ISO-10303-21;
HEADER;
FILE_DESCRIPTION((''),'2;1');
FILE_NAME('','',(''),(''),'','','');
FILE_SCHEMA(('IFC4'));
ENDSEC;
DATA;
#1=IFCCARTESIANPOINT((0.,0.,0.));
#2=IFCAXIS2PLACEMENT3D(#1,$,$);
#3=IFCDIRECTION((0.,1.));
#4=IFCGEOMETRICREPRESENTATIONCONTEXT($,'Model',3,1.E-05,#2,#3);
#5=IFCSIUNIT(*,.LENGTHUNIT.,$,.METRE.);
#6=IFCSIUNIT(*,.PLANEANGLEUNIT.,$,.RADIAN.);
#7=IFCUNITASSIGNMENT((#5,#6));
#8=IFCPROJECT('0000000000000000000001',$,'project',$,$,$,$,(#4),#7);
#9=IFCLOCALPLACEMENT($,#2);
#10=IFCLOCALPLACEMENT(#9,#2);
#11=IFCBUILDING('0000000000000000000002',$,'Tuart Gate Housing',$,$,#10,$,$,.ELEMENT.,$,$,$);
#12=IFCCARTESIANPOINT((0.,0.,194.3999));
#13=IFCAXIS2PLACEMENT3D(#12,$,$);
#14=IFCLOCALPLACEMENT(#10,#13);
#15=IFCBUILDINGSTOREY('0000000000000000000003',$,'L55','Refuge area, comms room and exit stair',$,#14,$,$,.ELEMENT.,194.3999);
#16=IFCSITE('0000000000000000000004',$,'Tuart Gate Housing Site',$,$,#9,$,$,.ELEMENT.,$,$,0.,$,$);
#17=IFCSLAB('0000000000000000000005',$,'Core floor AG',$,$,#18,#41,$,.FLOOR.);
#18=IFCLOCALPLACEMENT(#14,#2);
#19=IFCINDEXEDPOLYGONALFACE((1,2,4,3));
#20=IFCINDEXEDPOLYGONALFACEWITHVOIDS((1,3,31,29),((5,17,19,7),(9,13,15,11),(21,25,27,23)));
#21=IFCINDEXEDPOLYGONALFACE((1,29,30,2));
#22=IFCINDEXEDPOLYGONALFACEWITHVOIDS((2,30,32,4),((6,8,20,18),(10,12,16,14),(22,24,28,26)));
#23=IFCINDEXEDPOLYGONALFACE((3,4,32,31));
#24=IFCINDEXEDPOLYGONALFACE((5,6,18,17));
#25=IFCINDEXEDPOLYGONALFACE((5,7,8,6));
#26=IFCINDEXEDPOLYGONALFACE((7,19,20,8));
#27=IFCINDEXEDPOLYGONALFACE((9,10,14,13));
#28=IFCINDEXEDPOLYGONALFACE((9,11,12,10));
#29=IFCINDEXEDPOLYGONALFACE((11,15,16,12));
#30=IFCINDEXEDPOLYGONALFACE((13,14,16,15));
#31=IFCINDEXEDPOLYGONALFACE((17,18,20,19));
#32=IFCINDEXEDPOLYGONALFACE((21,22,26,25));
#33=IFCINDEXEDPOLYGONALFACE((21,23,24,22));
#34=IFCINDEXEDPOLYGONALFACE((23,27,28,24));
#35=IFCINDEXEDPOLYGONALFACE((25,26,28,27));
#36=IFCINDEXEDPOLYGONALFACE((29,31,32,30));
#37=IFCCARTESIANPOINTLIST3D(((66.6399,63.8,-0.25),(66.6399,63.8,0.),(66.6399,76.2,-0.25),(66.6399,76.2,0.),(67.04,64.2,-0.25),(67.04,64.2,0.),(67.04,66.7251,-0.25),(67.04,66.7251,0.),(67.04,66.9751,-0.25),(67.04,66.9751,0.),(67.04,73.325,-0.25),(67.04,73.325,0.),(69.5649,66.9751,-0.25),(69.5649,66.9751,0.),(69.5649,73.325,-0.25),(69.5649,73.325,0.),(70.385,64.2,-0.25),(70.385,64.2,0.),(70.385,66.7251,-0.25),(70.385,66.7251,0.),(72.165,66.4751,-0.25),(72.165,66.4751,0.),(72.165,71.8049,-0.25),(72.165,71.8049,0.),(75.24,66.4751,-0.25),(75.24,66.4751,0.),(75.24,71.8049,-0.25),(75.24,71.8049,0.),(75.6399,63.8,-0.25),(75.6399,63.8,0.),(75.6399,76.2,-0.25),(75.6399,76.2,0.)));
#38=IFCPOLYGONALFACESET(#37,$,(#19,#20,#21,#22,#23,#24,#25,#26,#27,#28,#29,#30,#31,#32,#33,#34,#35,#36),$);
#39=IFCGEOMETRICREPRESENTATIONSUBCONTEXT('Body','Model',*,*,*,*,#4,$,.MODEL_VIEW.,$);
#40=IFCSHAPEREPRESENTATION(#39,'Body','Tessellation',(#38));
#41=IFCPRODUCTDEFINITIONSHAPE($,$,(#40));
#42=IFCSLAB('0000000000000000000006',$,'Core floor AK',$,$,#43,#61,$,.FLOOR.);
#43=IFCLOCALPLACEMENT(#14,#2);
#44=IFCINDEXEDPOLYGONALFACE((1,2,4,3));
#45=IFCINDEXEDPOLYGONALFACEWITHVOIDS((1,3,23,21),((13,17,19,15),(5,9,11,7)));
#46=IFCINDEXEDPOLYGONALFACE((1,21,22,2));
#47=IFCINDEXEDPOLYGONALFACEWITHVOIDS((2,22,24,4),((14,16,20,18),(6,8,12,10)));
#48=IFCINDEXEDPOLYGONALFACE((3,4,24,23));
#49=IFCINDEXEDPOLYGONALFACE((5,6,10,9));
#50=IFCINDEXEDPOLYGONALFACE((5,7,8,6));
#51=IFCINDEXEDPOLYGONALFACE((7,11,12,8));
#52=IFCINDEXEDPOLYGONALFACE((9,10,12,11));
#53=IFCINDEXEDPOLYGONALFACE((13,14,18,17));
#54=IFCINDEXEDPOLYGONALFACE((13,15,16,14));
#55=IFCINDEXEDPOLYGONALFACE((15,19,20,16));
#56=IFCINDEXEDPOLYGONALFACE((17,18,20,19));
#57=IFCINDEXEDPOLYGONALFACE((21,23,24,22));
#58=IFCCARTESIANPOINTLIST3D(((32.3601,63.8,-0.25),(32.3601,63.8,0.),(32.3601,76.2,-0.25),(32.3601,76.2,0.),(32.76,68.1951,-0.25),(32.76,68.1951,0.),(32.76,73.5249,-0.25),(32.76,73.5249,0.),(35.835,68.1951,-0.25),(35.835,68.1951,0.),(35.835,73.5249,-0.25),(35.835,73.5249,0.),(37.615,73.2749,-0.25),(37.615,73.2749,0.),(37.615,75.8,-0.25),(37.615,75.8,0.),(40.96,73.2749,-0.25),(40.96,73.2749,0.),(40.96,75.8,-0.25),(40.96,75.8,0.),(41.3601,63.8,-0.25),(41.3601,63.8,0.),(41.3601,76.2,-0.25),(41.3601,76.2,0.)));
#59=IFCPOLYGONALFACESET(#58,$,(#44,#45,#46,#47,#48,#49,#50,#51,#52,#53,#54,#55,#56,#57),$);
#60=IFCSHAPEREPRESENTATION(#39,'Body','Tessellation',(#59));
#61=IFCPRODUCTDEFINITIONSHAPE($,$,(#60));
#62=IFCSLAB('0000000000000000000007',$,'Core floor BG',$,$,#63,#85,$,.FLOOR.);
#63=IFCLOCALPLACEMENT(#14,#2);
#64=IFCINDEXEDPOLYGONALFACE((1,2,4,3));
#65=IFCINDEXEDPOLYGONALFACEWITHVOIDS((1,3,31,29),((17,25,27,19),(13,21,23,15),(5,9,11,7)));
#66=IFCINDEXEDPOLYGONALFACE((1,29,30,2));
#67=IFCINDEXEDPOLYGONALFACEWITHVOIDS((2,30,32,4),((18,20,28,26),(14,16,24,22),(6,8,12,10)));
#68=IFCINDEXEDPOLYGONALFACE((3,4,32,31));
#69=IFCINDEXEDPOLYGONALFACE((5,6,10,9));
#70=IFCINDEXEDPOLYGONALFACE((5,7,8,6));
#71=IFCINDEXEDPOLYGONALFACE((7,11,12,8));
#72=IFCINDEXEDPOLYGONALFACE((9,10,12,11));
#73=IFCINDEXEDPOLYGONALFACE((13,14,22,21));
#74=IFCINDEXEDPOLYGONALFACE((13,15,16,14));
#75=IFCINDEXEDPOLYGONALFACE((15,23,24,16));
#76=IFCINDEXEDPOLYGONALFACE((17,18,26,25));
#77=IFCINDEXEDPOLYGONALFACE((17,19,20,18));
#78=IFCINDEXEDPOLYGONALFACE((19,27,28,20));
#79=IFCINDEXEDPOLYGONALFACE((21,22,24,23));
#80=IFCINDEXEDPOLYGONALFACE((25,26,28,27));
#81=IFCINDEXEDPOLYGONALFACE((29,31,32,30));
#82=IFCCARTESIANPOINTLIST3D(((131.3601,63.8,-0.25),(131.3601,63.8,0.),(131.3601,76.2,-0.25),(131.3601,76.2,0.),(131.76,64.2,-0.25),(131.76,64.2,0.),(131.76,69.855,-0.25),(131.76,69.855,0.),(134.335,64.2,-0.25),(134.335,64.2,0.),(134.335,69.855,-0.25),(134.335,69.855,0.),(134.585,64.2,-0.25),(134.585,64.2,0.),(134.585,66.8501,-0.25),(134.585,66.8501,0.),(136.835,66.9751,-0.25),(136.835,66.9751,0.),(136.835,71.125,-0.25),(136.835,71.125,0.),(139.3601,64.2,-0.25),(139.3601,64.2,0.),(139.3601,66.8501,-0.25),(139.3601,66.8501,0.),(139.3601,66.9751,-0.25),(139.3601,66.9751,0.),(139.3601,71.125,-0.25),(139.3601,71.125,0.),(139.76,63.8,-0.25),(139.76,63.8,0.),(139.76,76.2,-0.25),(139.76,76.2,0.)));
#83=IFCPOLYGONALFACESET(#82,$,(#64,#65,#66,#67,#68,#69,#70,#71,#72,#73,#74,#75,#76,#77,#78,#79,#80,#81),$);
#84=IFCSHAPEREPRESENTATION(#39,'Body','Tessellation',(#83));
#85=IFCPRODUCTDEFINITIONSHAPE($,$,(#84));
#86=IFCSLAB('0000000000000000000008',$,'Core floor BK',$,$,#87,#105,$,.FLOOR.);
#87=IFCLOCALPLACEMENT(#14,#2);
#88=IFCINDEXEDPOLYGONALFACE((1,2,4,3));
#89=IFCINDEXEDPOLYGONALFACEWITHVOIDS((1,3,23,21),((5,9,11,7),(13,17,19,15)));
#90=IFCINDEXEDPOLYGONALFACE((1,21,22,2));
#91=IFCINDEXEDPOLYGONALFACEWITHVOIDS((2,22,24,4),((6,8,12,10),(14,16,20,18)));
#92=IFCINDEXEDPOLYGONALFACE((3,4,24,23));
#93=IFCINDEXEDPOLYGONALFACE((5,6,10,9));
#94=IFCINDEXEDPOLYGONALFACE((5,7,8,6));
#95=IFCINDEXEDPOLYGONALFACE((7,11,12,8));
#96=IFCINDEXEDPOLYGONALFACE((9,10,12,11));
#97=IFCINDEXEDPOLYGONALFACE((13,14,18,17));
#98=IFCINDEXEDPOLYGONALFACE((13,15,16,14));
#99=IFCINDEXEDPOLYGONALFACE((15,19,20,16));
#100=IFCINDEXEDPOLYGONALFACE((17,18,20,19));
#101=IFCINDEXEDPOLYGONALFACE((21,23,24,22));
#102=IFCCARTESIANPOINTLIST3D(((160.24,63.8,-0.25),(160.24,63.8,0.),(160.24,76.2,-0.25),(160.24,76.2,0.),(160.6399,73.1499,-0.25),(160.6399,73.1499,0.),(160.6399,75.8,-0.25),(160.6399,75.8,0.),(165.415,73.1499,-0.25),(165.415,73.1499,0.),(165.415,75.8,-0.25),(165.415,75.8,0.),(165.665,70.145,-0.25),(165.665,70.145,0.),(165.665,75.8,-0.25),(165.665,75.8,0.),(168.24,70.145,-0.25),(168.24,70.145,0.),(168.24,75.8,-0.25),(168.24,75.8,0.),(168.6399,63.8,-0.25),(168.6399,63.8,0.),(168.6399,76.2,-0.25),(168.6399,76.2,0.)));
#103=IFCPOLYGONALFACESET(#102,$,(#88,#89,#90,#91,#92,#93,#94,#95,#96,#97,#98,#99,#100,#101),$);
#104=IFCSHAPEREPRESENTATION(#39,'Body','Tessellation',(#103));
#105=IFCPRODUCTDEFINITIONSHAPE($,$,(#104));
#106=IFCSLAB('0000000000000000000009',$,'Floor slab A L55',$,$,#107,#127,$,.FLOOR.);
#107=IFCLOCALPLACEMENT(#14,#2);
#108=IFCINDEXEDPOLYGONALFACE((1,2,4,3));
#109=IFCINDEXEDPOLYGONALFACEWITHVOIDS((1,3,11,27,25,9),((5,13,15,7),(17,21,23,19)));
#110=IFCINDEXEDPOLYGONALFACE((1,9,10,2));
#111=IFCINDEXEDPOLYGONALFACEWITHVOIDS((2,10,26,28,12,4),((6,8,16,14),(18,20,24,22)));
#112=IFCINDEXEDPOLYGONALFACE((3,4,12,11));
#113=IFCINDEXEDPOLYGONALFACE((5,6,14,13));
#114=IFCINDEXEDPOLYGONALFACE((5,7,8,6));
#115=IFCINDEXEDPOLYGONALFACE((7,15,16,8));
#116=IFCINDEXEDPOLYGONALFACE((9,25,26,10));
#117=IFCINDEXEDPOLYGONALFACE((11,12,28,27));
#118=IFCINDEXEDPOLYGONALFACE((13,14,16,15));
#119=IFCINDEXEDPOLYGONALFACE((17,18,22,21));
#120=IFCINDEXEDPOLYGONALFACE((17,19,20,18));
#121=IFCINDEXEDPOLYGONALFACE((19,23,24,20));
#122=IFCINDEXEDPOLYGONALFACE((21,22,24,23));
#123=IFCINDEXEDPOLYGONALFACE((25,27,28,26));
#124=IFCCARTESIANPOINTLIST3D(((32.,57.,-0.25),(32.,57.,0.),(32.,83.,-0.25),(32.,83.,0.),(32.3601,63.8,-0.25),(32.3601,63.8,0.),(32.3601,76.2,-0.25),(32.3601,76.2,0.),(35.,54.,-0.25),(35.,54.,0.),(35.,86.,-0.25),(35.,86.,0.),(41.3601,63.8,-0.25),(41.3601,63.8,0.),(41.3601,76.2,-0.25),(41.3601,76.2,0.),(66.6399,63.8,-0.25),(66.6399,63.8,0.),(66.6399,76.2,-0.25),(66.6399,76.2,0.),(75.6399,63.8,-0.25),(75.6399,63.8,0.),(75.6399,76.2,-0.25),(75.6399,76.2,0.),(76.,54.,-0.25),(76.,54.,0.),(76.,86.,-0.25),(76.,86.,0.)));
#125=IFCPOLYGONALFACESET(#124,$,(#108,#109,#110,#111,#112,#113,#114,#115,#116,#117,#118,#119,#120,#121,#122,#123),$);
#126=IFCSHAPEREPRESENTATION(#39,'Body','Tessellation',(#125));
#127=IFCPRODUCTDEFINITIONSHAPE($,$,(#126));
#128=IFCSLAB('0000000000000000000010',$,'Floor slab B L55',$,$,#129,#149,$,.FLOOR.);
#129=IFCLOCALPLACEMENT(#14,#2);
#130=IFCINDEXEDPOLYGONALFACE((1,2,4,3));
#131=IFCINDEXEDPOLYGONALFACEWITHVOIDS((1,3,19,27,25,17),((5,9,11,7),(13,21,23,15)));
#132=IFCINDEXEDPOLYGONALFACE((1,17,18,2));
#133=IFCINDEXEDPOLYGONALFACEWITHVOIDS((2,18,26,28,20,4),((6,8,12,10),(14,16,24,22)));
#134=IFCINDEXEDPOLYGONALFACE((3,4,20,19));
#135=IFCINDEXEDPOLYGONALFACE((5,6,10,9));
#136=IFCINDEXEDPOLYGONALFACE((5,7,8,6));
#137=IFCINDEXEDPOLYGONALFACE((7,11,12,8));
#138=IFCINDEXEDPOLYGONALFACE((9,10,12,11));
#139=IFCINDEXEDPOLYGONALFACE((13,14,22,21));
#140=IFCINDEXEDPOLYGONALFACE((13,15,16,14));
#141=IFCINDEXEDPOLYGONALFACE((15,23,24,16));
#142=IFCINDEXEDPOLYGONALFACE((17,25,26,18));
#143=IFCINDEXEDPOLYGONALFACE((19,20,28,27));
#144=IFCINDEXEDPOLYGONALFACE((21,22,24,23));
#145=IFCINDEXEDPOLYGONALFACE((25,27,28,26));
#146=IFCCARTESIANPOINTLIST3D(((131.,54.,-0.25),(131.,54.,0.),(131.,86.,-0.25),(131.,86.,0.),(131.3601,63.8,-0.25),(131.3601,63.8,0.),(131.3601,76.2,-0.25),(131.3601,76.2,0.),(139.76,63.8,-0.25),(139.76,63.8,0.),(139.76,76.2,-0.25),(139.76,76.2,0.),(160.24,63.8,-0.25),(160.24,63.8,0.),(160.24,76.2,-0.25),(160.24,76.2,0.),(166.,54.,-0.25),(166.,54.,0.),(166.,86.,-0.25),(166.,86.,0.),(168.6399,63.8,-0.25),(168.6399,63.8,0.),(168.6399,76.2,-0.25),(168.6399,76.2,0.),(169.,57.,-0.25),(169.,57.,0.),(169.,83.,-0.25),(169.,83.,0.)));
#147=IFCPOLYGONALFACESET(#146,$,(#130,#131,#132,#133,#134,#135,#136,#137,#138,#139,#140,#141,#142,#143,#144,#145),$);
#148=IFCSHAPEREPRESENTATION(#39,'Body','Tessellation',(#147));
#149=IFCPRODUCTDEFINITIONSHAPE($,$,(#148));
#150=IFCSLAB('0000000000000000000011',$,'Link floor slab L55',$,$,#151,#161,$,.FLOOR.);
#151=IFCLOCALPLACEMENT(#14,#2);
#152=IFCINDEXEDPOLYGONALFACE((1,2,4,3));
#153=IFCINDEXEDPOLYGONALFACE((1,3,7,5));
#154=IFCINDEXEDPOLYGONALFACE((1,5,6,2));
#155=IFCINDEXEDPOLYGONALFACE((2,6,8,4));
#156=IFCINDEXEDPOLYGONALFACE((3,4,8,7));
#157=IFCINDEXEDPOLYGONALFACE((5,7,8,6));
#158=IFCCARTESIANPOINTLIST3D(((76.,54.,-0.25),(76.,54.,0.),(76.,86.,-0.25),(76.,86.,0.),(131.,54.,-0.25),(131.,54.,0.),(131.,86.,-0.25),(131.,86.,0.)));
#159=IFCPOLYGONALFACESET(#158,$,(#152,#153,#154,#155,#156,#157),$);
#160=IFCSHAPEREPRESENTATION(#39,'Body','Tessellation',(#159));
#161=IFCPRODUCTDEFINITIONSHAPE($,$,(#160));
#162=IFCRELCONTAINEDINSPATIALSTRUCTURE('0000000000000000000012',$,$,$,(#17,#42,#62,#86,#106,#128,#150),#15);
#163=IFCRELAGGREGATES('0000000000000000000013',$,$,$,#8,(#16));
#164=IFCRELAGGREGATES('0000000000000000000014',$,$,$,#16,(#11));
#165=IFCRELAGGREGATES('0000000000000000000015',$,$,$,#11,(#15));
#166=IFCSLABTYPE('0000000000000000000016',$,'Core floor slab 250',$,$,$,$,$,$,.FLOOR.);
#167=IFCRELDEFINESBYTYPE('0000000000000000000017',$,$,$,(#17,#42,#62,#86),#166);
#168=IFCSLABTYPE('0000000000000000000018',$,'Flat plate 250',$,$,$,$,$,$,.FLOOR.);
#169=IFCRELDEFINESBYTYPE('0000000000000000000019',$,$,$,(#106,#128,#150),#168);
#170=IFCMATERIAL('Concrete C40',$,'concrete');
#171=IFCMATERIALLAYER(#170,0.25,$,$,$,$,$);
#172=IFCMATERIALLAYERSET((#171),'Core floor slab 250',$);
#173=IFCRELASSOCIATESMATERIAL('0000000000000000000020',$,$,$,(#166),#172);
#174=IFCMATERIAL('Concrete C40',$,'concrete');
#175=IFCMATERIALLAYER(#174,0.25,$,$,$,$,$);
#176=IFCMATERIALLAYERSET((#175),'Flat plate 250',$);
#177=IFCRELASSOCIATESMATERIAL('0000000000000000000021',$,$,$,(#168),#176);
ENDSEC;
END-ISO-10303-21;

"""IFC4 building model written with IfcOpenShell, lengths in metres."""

from ifc_helpers import new_model, si_unit, direction, frame, origin, place, context, subcontext, project, spatial, polyline, outline, extrude, material, layer, layer_set, type_object, element, save


model = new_model("IFC4")

# Units and contexts
model_context = context("Model", 3, precision=1e-05, world=origin(), true_north=direction((0.0, 1.0)))
body_context = subcontext(model_context, "Body", "Model", "MODEL_VIEW")
ifc_project = project(units=[si_unit("LENGTHUNIT", "METRE"), si_unit("PLANEANGLEUNIT", "RADIAN")], contexts=[model_context])

# Site, building, storey
site_placement = place(None, origin())
site = spatial("IfcSite", under=ifc_project, at=site_placement, Name="Tuart Gate Housing Site", CompositionType="ELEMENT", RefElevation=0.0)
building_placement = place(site_placement, origin())
building = spatial("IfcBuilding", under=site, at=building_placement, Name="Tuart Gate Housing", CompositionType="ELEMENT")
storey_placement = place(building_placement, frame((0.0, 0.0, 194.3999)))
storey = spatial("IfcBuildingStorey", under=building, at=storey_placement, Name="L55", Description="Refuge area, comms room and exit stair", CompositionType="ELEMENT", Elevation=194.3999)

# Slabs
ifc_material_1 = material(Name="Concrete C40", Category="concrete")
ifc_layer_1 = layer(ifc_material_1, 0.25)
ifc_layer_set_1 = layer_set([ifc_layer_1], Name="Core floor slab 250")
slab_type_1 = type_object("IfcSlabType", Name="Core floor slab 250", PredefinedType="FLOOR", material=ifc_layer_set_1)
slab_1_placement = place(storey_placement, frame((0.0, 0.0, -0.25)))
element("IfcSlab", 1, at=slab_1_placement, inside=storey, type_object=slab_type_1, Name="Core floor AG", PredefinedType="FLOOR", context=body_context, shape_type="SweptSolid", body=[
    extrude(outline(polyline([(66.6399, 63.8), (75.6399, 63.8), (75.6399, 76.2), (66.6399, 76.2), (66.6399, 63.8)]), holes=[polyline([(67.04, 64.2), (70.385, 64.2), (70.385, 66.7251), (67.04, 66.7251), (67.04, 64.2)]), polyline([(67.04, 66.9751), (69.5649, 66.9751), (69.5649, 73.325), (67.04, 73.325), (67.04, 66.9751)]), polyline([(72.165, 66.4751), (75.24, 66.4751), (75.24, 71.8049), (72.165, 71.8049), (72.165, 66.4751)])]), origin(), (0.0, 0.0, 1.0), 0.25),
])
slab_2_placement = place(storey_placement, frame((0.0, 0.0, -0.25)))
element("IfcSlab", 2, at=slab_2_placement, inside=storey, type_object=slab_type_1, Name="Core floor AK", PredefinedType="FLOOR", context=body_context, shape_type="SweptSolid", body=[
    extrude(outline(polyline([(32.3601, 63.8), (41.3601, 63.8), (41.3601, 76.2), (32.3601, 76.2), (32.3601, 63.8)]), holes=[polyline([(40.96, 75.8), (37.615, 75.8), (37.615, 73.2749), (40.96, 73.2749), (40.96, 75.8)]), polyline([(35.835, 73.5249), (32.76, 73.5249), (32.76, 68.1951), (35.835, 68.1951), (35.835, 73.5249)])]), origin(), (0.0, 0.0, 1.0), 0.25),
])
slab_3_placement = place(storey_placement, frame((0.0, 0.0, -0.25)))
element("IfcSlab", 3, at=slab_3_placement, inside=storey, type_object=slab_type_1, Name="Core floor BG", PredefinedType="FLOOR", context=body_context, shape_type="SweptSolid", body=[
    extrude(outline(polyline([(131.3601, 63.8), (139.76, 63.8), (139.76, 76.2), (131.3601, 76.2), (131.3601, 63.8)]), holes=[polyline([(139.3601, 66.8501), (134.585, 66.8501), (134.585, 64.2), (139.3601, 64.2), (139.3601, 66.8501)]), polyline([(139.3601, 71.125), (136.835, 71.125), (136.835, 66.9751), (139.3601, 66.9751), (139.3601, 71.125)]), polyline([(134.335, 69.855), (131.76, 69.855), (131.76, 64.2), (134.335, 64.2), (134.335, 69.855)])]), origin(), (0.0, 0.0, 1.0), 0.25),
])
slab_4_placement = place(storey_placement, frame((0.0, 0.0, -0.25)))
element("IfcSlab", 4, at=slab_4_placement, inside=storey, type_object=slab_type_1, Name="Core floor BK", PredefinedType="FLOOR", context=body_context, shape_type="SweptSolid", body=[
    extrude(outline(polyline([(160.24, 63.8), (168.6399, 63.8), (168.6399, 76.2), (160.24, 76.2), (160.24, 63.8)]), holes=[polyline([(160.6399, 73.1499), (165.415, 73.1499), (165.415, 75.8), (160.6399, 75.8), (160.6399, 73.1499)]), polyline([(165.665, 70.145), (168.24, 70.145), (168.24, 75.8), (165.665, 75.8), (165.665, 70.145)])]), origin(), (0.0, 0.0, 1.0), 0.25),
])
ifc_material_2 = material(Name="Concrete C40", Category="concrete")
ifc_layer_2 = layer(ifc_material_2, 0.25)
ifc_layer_set_2 = layer_set([ifc_layer_2], Name="Flat plate 250")
slab_type_2 = type_object("IfcSlabType", Name="Flat plate 250", PredefinedType="FLOOR", material=ifc_layer_set_2)
slab_5_placement = place(storey_placement, frame((0.0, 0.0, -0.25)))
element("IfcSlab", 5, at=slab_5_placement, inside=storey, type_object=slab_type_2, Name="Floor slab A L55", PredefinedType="FLOOR", context=body_context, shape_type="SweptSolid", body=[
    extrude(outline(polyline([(35.0, 86.0), (32.0, 83.0), (32.0, 57.0), (35.0, 54.0), (76.0, 54.0), (76.0, 86.0), (35.0, 86.0)]), holes=[polyline([(66.6399, 76.2), (75.6399, 76.2), (75.6399, 63.8), (66.6399, 63.8), (66.6399, 76.2)]), polyline([(41.3601, 76.2), (41.3601, 63.8), (32.3601, 63.8), (32.3601, 76.2), (41.3601, 76.2)])]), origin(), (0.0, 0.0, 1.0), 0.25),
])
slab_6_placement = place(storey_placement, frame((0.0, 0.0, -0.25)))
element("IfcSlab", 6, at=slab_6_placement, inside=storey, type_object=slab_type_2, Name="Floor slab B L55", PredefinedType="FLOOR", context=body_context, shape_type="SweptSolid", body=[
    extrude(outline(polyline([(166.0, 86.0), (131.0, 86.0), (131.0, 54.0), (166.0, 54.0), (169.0, 57.0), (169.0, 83.0), (166.0, 86.0)]), holes=[polyline([(131.3601, 76.2), (139.76, 76.2), (139.76, 63.8), (131.3601, 63.8), (131.3601, 76.2)]), polyline([(168.6399, 76.2), (168.6399, 63.8), (160.24, 63.8), (160.24, 76.2), (168.6399, 76.2)])]), origin(), (0.0, 0.0, 1.0), 0.25),
])
slab_7_placement = place(storey_placement, frame((0.0, 0.0, -0.25)))
element("IfcSlab", 7, at=slab_7_placement, inside=storey, type_object=slab_type_2, Name="Link floor slab L55", PredefinedType="FLOOR", context=body_context, shape_type="SweptSolid", body=[
    extrude(outline(polyline([(76.0, 54.0), (131.0, 54.0), (131.0, 86.0), (76.0, 86.0), (76.0, 54.0)])), origin(), (0.0, 0.0, 1.0), 0.25),
])

save(model, "model.ifc")
